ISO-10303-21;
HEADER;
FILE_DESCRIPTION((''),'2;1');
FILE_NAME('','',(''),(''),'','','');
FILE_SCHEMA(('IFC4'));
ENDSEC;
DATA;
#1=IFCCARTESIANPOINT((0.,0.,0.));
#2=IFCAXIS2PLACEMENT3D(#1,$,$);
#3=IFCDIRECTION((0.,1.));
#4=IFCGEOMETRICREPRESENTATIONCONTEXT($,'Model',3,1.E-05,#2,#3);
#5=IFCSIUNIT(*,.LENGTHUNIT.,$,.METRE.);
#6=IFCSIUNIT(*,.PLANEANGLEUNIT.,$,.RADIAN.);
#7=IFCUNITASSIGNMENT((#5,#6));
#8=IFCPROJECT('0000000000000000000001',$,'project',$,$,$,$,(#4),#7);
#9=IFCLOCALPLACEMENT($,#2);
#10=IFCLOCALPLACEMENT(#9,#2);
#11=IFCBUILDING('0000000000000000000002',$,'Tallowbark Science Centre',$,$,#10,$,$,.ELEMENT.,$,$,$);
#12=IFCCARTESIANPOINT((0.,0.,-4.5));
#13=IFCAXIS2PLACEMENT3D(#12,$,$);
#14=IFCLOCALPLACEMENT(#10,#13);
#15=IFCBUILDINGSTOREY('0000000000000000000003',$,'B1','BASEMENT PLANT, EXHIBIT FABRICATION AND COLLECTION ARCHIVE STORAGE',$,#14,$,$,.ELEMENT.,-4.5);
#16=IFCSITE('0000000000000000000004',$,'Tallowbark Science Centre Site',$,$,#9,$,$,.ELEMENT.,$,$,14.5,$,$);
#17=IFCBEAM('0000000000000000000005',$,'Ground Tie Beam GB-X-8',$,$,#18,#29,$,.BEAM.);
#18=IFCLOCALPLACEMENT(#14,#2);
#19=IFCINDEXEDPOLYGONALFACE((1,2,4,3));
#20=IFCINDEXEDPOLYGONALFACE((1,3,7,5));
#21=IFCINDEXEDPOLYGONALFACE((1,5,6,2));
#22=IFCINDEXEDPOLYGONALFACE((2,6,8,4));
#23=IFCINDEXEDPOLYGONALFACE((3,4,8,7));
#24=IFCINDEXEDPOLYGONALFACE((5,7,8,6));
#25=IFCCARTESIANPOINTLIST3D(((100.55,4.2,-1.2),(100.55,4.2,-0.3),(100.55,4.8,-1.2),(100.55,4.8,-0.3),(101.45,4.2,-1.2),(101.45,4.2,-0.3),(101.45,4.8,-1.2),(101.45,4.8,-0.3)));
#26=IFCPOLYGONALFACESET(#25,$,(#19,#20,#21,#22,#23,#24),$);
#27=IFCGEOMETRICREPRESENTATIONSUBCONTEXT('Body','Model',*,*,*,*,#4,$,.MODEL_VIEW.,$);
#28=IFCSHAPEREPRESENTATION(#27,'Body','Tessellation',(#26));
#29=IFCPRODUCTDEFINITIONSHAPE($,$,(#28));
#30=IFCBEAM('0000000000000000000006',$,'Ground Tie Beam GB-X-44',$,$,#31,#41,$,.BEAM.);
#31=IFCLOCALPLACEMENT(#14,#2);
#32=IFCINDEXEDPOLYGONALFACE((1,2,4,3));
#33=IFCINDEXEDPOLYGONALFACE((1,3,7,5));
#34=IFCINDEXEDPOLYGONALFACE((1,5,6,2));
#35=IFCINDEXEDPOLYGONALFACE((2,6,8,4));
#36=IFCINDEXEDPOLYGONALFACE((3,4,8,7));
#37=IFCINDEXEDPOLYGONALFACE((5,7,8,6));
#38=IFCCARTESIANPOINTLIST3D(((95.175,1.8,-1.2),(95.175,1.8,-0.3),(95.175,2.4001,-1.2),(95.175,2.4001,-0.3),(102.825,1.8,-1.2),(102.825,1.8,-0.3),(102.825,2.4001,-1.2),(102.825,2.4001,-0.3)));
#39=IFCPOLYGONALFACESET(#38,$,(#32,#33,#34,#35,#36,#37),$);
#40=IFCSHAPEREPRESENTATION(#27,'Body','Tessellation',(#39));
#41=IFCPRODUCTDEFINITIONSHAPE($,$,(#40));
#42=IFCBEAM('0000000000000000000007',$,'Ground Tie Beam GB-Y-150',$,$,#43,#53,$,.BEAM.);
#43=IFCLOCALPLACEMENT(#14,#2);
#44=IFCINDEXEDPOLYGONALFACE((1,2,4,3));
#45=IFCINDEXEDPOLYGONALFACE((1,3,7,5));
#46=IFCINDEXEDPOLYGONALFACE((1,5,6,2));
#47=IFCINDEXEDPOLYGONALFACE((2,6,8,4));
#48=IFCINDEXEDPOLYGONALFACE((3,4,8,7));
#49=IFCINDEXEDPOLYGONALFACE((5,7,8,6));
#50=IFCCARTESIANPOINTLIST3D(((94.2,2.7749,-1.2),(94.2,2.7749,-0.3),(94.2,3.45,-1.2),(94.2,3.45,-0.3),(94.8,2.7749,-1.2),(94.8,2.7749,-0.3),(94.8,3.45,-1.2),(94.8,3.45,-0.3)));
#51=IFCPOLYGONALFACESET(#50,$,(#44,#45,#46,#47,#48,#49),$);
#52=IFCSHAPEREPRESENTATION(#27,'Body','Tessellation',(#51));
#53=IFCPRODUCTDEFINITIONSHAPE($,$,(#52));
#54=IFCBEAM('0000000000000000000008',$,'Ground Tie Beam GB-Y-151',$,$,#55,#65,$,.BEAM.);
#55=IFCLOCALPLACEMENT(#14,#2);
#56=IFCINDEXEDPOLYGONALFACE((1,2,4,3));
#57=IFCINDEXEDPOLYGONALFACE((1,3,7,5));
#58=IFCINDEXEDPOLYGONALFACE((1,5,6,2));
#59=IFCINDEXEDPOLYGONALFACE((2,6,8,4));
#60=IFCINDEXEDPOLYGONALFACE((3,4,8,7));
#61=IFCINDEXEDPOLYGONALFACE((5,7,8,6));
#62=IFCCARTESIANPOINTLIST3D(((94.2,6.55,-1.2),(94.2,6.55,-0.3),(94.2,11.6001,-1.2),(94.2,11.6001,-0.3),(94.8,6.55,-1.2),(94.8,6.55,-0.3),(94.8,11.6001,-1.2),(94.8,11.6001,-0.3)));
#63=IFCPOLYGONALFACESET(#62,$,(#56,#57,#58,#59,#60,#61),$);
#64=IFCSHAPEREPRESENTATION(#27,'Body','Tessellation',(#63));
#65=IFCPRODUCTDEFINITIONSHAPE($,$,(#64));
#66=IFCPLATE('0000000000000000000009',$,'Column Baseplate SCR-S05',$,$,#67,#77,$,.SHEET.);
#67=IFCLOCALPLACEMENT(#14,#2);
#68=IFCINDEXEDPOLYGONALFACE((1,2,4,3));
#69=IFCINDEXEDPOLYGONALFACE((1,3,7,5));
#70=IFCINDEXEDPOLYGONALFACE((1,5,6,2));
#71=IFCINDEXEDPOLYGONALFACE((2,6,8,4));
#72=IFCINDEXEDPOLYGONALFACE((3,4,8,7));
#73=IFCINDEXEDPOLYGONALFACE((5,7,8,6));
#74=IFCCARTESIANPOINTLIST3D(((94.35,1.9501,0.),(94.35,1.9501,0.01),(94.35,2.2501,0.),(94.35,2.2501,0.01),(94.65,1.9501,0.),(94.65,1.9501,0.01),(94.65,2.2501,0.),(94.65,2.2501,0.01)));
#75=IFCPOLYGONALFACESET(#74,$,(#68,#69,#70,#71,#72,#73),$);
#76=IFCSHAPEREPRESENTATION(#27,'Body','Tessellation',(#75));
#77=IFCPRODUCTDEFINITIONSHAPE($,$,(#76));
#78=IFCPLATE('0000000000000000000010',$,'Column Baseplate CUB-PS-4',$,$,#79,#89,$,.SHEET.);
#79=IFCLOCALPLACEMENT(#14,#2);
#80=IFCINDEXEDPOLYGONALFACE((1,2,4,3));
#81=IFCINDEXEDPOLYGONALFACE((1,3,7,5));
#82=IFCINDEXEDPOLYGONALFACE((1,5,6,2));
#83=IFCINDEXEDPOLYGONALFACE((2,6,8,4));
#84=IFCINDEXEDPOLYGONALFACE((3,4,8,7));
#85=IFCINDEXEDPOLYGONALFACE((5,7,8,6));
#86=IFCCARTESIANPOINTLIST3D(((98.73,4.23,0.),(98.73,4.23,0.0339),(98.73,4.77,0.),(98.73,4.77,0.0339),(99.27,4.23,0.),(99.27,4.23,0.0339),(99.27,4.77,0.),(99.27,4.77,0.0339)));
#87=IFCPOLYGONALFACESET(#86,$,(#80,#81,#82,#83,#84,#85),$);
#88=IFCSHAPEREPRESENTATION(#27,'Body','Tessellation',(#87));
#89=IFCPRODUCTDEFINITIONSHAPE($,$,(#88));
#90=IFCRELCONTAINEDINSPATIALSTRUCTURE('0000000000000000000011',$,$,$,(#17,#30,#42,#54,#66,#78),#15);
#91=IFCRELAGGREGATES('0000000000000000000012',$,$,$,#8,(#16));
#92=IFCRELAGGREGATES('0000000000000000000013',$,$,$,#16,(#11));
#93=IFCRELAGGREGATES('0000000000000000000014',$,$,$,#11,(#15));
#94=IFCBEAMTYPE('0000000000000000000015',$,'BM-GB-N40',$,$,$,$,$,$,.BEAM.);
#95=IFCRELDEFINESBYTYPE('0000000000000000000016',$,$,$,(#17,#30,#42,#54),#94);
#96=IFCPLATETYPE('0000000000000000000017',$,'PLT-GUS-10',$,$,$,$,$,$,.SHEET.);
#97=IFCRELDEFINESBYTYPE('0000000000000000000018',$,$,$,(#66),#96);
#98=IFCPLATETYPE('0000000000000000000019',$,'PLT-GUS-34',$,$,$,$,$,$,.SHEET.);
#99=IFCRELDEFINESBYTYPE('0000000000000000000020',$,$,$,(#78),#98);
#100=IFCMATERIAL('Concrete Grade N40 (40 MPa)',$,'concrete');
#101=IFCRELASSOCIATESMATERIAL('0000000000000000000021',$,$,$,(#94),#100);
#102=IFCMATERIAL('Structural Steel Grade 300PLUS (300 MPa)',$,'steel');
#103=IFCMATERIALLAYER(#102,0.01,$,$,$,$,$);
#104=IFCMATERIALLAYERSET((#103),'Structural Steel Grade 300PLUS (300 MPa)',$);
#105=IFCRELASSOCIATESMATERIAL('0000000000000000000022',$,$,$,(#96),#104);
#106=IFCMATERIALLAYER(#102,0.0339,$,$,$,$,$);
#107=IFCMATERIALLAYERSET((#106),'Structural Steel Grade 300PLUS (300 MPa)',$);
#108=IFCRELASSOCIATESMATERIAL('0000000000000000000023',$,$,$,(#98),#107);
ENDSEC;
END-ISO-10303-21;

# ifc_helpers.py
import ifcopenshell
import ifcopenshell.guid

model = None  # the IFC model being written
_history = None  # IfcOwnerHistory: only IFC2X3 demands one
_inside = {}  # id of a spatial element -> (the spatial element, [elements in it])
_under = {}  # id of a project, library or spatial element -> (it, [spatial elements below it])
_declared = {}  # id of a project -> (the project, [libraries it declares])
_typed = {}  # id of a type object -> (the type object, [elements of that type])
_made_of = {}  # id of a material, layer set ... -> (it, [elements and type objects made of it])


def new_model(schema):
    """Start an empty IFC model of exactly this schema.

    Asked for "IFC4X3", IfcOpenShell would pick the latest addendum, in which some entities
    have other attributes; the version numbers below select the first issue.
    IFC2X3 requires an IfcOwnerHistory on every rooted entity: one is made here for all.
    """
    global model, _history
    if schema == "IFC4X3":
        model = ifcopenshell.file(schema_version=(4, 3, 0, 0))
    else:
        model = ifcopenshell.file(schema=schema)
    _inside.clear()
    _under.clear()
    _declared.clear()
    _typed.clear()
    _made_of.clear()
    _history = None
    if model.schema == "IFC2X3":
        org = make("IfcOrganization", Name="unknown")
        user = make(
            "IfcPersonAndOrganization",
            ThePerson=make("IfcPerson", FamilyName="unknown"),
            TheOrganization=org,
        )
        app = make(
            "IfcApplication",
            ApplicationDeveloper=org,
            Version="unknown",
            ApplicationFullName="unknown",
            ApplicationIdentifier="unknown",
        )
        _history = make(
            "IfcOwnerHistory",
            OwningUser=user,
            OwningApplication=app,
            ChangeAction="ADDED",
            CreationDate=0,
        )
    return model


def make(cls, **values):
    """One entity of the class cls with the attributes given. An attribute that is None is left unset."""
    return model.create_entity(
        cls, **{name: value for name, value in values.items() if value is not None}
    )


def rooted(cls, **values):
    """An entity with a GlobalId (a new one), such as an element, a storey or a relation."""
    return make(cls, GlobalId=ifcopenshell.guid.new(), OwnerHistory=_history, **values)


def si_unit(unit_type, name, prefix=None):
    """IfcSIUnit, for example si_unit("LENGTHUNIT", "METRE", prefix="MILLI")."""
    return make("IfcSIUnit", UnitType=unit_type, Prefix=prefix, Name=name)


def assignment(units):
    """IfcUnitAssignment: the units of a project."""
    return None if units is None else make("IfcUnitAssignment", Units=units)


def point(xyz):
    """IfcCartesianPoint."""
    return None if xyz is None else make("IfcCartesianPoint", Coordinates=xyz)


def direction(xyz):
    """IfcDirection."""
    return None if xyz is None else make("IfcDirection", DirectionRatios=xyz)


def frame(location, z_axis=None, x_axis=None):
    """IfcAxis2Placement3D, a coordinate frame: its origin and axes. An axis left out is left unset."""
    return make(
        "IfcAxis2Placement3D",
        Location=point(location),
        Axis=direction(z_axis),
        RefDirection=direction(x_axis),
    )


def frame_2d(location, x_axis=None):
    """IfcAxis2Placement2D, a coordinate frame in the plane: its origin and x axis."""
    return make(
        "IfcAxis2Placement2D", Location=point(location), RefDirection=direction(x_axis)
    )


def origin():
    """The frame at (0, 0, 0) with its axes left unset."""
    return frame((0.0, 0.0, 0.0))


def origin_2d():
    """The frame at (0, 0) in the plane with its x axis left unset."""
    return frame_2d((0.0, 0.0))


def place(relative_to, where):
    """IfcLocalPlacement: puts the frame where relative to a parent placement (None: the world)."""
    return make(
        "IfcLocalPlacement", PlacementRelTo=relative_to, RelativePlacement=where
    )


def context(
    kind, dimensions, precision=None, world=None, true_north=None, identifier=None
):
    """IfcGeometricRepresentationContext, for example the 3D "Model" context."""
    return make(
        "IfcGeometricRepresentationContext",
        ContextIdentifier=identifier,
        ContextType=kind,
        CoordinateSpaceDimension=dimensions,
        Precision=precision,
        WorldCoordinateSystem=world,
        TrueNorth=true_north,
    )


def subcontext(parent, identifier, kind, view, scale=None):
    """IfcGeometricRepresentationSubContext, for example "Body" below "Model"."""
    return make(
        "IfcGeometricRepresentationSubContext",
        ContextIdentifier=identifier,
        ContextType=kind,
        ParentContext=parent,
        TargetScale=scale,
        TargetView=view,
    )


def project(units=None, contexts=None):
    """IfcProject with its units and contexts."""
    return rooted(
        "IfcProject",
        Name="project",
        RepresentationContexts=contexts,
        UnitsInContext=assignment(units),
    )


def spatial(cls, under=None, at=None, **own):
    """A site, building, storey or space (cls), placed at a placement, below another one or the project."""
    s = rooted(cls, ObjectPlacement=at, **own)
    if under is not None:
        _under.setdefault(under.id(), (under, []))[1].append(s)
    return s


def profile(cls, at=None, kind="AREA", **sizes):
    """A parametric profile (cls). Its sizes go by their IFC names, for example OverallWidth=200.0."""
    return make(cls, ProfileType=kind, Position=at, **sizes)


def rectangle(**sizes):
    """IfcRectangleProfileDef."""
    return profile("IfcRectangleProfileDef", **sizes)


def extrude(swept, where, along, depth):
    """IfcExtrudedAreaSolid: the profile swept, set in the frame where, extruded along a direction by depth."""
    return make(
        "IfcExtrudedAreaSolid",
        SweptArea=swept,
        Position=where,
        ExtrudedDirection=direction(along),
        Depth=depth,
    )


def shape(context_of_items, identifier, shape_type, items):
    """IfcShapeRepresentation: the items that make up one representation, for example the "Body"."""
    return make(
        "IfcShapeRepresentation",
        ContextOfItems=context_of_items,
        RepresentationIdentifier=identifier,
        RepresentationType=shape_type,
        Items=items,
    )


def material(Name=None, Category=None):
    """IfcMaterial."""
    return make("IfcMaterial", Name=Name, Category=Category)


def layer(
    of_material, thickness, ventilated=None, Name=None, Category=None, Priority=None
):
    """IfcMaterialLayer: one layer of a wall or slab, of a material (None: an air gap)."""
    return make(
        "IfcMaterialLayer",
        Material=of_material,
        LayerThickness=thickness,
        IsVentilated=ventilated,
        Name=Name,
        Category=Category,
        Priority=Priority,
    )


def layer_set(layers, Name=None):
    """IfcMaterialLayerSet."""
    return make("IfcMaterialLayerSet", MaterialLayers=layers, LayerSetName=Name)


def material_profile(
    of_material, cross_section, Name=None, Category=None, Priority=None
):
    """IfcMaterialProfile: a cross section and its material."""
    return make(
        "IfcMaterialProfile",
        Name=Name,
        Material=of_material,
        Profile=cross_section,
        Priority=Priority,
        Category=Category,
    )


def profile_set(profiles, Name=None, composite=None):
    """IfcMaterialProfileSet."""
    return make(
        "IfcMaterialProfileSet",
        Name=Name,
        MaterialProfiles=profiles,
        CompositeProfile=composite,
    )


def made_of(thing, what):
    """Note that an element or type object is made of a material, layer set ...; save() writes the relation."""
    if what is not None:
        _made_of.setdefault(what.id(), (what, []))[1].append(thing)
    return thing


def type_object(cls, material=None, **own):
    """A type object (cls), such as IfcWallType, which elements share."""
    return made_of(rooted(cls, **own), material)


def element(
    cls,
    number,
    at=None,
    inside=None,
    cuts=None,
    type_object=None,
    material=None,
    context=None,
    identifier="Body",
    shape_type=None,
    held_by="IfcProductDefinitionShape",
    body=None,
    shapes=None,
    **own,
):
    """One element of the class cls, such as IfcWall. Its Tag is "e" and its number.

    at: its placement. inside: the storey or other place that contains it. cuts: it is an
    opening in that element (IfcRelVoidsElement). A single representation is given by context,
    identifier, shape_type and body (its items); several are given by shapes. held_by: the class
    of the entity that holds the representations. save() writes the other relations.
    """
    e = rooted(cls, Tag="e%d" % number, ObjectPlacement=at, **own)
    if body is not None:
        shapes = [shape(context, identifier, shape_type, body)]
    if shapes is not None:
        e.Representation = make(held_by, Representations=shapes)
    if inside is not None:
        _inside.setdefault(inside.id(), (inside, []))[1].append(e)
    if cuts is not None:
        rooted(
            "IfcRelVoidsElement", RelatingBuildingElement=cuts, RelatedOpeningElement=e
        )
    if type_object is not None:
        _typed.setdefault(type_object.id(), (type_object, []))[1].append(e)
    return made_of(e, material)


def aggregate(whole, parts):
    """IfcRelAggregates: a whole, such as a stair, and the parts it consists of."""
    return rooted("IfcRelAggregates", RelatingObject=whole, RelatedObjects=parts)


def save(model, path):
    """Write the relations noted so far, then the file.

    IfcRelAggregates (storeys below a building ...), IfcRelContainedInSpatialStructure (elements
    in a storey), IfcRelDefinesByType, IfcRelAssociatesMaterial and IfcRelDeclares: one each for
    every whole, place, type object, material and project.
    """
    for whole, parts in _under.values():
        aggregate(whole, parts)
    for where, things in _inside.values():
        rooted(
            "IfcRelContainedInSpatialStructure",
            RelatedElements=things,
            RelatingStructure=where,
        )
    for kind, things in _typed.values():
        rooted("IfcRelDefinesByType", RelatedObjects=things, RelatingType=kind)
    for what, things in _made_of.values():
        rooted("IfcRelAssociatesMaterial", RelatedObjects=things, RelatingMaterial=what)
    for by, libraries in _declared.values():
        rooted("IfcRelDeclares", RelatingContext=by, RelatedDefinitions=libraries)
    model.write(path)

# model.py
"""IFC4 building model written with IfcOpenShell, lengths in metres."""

from ifc_helpers import new_model, si_unit, direction, frame, origin, origin_2d, place, context, subcontext, project, spatial, rectangle, extrude, material, layer, layer_set, material_profile, profile_set, type_object, element, save


model = new_model("IFC4")

# Units and contexts
model_context = context("Model", 3, precision=1e-05, world=origin(), true_north=direction((0.0, 1.0)))
body_context = subcontext(model_context, "Body", "Model", "MODEL_VIEW")
ifc_project = project(units=[si_unit("LENGTHUNIT", "METRE"), si_unit("PLANEANGLEUNIT", "RADIAN")], contexts=[model_context])

# Site, building, storey
site_placement = place(None, origin())
site = spatial("IfcSite", under=ifc_project, at=site_placement, Name="Tallowbark Science Centre Site", CompositionType="ELEMENT", RefElevation=14.5)
building_placement = place(site_placement, origin())
building = spatial("IfcBuilding", under=site, at=building_placement, Name="Tallowbark Science Centre", CompositionType="ELEMENT")
storey_placement = place(building_placement, frame((0.0, 0.0, -4.5)))
storey = spatial("IfcBuildingStorey", under=building, at=storey_placement, Name="B1", Description="BASEMENT PLANT, EXHIBIT FABRICATION AND COLLECTION ARCHIVE STORAGE", CompositionType="ELEMENT", Elevation=-4.5)

# Shared definitions
ifc_material_1 = material(Name="Concrete Grade N40 (40 MPa)", Category="concrete")

# Shared definitions
ifc_material_2 = material(Name="Structural Steel Grade 300PLUS (300 MPa)", Category="steel")

# Beams
ifc_material_profile_1 = material_profile(ifc_material_1, rectangle(XDim=0.6001, YDim=0.8999, at=origin_2d()), Name="RC600x900")
ifc_profile_set_1 = profile_set([ifc_material_profile_1], Name="Concrete Grade N40 (40 MPa)")
beam_type = type_object("IfcBeamType", Name="BM-GB-N40", PredefinedType="BEAM", material=ifc_profile_set_1)
beam_1_placement = place(storey_placement, frame((100.55, 4.5, -0.75), z_axis=(1.0, 0.0, 0.0), x_axis=(0.0, 1.0, 0.0)))
element("IfcBeam", 1, at=beam_1_placement, inside=storey, type_object=beam_type, Name="Ground Tie Beam GB-X-8", PredefinedType="BEAM", context=body_context, shape_type="SweptSolid", body=[
    extrude(rectangle(XDim=0.6001, YDim=0.8999, at=origin_2d()), origin(), (0.0, 0.0, 1.0), 0.8999),
])
beam_2_placement = place(storey_placement, frame((95.175, 2.1001, -0.75), z_axis=(1.0, 0.0, 0.0), x_axis=(0.0, 1.0, 0.0)))
element("IfcBeam", 2, at=beam_2_placement, inside=storey, type_object=beam_type, Name="Ground Tie Beam GB-X-44", PredefinedType="BEAM", context=body_context, shape_type="SweptSolid", body=[
    extrude(rectangle(XDim=0.6001, YDim=0.8999, at=origin_2d()), origin(), (0.0, 0.0, 1.0), 7.6499),
])
beam_3_placement = place(storey_placement, frame((94.5, 2.7749, -0.75), z_axis=(0.0, 1.0, 0.0), x_axis=(-1.0, 0.0, 0.0)))
element("IfcBeam", 3, at=beam_3_placement, inside=storey, type_object=beam_type, Name="Ground Tie Beam GB-Y-150", PredefinedType="BEAM", context=body_context, shape_type="SweptSolid", body=[
    extrude(rectangle(XDim=0.6001, YDim=0.8999, at=origin_2d()), origin(), (0.0, 0.0, 1.0), 0.675),
])
beam_4_placement = place(storey_placement, frame((94.5, 6.55, -0.75), z_axis=(0.0, 1.0, 0.0), x_axis=(-1.0, 0.0, 0.0)))
element("IfcBeam", 4, at=beam_4_placement, inside=storey, type_object=beam_type, Name="Ground Tie Beam GB-Y-151", PredefinedType="BEAM", context=body_context, shape_type="SweptSolid", body=[
    extrude(rectangle(XDim=0.6001, YDim=0.8999, at=origin_2d()), origin(), (0.0, 0.0, 1.0), 5.05),
])

# Plates
ifc_layer_1 = layer(ifc_material_2, 0.01)
ifc_layer_set_1 = layer_set([ifc_layer_1], Name="Structural Steel Grade 300PLUS (300 MPa)")
plate_type_1 = type_object("IfcPlateType", Name="PLT-GUS-10", PredefinedType="SHEET", material=ifc_layer_set_1)
plate_1_placement = place(storey_placement, frame((94.5, 2.1001, 0.0), z_axis=(0.0, 0.0, 1.0), x_axis=(1.0, 0.0, 0.0)))
element("IfcPlate", 5, at=plate_1_placement, inside=storey, type_object=plate_type_1, Name="Column Baseplate SCR-S05", PredefinedType="SHEET", context=body_context, shape_type="SweptSolid", body=[
    extrude(rectangle(XDim=0.3, YDim=0.3, at=origin_2d()), origin(), (0.0, 0.0, 1.0), 0.01),
])
ifc_layer_2 = layer(ifc_material_2, 0.0339)
ifc_layer_set_2 = layer_set([ifc_layer_2], Name="Structural Steel Grade 300PLUS (300 MPa)")
plate_type_2 = type_object("IfcPlateType", Name="PLT-GUS-34", PredefinedType="SHEET", material=ifc_layer_set_2)
plate_2_placement = place(storey_placement, frame((99.0, 4.5, 0.0), z_axis=(0.0, 0.0, 1.0), x_axis=(1.0, 0.0, 0.0)))
element("IfcPlate", 6, at=plate_2_placement, inside=storey, type_object=plate_type_2, Name="Column Baseplate CUB-PS-4", PredefinedType="SHEET", context=body_context, shape_type="SweptSolid", body=[
    extrude(rectangle(XDim=0.54, YDim=0.54, at=origin_2d()), origin(), (0.0, 0.0, 1.0), 0.0339),
])

save(model, "model.ifc")
